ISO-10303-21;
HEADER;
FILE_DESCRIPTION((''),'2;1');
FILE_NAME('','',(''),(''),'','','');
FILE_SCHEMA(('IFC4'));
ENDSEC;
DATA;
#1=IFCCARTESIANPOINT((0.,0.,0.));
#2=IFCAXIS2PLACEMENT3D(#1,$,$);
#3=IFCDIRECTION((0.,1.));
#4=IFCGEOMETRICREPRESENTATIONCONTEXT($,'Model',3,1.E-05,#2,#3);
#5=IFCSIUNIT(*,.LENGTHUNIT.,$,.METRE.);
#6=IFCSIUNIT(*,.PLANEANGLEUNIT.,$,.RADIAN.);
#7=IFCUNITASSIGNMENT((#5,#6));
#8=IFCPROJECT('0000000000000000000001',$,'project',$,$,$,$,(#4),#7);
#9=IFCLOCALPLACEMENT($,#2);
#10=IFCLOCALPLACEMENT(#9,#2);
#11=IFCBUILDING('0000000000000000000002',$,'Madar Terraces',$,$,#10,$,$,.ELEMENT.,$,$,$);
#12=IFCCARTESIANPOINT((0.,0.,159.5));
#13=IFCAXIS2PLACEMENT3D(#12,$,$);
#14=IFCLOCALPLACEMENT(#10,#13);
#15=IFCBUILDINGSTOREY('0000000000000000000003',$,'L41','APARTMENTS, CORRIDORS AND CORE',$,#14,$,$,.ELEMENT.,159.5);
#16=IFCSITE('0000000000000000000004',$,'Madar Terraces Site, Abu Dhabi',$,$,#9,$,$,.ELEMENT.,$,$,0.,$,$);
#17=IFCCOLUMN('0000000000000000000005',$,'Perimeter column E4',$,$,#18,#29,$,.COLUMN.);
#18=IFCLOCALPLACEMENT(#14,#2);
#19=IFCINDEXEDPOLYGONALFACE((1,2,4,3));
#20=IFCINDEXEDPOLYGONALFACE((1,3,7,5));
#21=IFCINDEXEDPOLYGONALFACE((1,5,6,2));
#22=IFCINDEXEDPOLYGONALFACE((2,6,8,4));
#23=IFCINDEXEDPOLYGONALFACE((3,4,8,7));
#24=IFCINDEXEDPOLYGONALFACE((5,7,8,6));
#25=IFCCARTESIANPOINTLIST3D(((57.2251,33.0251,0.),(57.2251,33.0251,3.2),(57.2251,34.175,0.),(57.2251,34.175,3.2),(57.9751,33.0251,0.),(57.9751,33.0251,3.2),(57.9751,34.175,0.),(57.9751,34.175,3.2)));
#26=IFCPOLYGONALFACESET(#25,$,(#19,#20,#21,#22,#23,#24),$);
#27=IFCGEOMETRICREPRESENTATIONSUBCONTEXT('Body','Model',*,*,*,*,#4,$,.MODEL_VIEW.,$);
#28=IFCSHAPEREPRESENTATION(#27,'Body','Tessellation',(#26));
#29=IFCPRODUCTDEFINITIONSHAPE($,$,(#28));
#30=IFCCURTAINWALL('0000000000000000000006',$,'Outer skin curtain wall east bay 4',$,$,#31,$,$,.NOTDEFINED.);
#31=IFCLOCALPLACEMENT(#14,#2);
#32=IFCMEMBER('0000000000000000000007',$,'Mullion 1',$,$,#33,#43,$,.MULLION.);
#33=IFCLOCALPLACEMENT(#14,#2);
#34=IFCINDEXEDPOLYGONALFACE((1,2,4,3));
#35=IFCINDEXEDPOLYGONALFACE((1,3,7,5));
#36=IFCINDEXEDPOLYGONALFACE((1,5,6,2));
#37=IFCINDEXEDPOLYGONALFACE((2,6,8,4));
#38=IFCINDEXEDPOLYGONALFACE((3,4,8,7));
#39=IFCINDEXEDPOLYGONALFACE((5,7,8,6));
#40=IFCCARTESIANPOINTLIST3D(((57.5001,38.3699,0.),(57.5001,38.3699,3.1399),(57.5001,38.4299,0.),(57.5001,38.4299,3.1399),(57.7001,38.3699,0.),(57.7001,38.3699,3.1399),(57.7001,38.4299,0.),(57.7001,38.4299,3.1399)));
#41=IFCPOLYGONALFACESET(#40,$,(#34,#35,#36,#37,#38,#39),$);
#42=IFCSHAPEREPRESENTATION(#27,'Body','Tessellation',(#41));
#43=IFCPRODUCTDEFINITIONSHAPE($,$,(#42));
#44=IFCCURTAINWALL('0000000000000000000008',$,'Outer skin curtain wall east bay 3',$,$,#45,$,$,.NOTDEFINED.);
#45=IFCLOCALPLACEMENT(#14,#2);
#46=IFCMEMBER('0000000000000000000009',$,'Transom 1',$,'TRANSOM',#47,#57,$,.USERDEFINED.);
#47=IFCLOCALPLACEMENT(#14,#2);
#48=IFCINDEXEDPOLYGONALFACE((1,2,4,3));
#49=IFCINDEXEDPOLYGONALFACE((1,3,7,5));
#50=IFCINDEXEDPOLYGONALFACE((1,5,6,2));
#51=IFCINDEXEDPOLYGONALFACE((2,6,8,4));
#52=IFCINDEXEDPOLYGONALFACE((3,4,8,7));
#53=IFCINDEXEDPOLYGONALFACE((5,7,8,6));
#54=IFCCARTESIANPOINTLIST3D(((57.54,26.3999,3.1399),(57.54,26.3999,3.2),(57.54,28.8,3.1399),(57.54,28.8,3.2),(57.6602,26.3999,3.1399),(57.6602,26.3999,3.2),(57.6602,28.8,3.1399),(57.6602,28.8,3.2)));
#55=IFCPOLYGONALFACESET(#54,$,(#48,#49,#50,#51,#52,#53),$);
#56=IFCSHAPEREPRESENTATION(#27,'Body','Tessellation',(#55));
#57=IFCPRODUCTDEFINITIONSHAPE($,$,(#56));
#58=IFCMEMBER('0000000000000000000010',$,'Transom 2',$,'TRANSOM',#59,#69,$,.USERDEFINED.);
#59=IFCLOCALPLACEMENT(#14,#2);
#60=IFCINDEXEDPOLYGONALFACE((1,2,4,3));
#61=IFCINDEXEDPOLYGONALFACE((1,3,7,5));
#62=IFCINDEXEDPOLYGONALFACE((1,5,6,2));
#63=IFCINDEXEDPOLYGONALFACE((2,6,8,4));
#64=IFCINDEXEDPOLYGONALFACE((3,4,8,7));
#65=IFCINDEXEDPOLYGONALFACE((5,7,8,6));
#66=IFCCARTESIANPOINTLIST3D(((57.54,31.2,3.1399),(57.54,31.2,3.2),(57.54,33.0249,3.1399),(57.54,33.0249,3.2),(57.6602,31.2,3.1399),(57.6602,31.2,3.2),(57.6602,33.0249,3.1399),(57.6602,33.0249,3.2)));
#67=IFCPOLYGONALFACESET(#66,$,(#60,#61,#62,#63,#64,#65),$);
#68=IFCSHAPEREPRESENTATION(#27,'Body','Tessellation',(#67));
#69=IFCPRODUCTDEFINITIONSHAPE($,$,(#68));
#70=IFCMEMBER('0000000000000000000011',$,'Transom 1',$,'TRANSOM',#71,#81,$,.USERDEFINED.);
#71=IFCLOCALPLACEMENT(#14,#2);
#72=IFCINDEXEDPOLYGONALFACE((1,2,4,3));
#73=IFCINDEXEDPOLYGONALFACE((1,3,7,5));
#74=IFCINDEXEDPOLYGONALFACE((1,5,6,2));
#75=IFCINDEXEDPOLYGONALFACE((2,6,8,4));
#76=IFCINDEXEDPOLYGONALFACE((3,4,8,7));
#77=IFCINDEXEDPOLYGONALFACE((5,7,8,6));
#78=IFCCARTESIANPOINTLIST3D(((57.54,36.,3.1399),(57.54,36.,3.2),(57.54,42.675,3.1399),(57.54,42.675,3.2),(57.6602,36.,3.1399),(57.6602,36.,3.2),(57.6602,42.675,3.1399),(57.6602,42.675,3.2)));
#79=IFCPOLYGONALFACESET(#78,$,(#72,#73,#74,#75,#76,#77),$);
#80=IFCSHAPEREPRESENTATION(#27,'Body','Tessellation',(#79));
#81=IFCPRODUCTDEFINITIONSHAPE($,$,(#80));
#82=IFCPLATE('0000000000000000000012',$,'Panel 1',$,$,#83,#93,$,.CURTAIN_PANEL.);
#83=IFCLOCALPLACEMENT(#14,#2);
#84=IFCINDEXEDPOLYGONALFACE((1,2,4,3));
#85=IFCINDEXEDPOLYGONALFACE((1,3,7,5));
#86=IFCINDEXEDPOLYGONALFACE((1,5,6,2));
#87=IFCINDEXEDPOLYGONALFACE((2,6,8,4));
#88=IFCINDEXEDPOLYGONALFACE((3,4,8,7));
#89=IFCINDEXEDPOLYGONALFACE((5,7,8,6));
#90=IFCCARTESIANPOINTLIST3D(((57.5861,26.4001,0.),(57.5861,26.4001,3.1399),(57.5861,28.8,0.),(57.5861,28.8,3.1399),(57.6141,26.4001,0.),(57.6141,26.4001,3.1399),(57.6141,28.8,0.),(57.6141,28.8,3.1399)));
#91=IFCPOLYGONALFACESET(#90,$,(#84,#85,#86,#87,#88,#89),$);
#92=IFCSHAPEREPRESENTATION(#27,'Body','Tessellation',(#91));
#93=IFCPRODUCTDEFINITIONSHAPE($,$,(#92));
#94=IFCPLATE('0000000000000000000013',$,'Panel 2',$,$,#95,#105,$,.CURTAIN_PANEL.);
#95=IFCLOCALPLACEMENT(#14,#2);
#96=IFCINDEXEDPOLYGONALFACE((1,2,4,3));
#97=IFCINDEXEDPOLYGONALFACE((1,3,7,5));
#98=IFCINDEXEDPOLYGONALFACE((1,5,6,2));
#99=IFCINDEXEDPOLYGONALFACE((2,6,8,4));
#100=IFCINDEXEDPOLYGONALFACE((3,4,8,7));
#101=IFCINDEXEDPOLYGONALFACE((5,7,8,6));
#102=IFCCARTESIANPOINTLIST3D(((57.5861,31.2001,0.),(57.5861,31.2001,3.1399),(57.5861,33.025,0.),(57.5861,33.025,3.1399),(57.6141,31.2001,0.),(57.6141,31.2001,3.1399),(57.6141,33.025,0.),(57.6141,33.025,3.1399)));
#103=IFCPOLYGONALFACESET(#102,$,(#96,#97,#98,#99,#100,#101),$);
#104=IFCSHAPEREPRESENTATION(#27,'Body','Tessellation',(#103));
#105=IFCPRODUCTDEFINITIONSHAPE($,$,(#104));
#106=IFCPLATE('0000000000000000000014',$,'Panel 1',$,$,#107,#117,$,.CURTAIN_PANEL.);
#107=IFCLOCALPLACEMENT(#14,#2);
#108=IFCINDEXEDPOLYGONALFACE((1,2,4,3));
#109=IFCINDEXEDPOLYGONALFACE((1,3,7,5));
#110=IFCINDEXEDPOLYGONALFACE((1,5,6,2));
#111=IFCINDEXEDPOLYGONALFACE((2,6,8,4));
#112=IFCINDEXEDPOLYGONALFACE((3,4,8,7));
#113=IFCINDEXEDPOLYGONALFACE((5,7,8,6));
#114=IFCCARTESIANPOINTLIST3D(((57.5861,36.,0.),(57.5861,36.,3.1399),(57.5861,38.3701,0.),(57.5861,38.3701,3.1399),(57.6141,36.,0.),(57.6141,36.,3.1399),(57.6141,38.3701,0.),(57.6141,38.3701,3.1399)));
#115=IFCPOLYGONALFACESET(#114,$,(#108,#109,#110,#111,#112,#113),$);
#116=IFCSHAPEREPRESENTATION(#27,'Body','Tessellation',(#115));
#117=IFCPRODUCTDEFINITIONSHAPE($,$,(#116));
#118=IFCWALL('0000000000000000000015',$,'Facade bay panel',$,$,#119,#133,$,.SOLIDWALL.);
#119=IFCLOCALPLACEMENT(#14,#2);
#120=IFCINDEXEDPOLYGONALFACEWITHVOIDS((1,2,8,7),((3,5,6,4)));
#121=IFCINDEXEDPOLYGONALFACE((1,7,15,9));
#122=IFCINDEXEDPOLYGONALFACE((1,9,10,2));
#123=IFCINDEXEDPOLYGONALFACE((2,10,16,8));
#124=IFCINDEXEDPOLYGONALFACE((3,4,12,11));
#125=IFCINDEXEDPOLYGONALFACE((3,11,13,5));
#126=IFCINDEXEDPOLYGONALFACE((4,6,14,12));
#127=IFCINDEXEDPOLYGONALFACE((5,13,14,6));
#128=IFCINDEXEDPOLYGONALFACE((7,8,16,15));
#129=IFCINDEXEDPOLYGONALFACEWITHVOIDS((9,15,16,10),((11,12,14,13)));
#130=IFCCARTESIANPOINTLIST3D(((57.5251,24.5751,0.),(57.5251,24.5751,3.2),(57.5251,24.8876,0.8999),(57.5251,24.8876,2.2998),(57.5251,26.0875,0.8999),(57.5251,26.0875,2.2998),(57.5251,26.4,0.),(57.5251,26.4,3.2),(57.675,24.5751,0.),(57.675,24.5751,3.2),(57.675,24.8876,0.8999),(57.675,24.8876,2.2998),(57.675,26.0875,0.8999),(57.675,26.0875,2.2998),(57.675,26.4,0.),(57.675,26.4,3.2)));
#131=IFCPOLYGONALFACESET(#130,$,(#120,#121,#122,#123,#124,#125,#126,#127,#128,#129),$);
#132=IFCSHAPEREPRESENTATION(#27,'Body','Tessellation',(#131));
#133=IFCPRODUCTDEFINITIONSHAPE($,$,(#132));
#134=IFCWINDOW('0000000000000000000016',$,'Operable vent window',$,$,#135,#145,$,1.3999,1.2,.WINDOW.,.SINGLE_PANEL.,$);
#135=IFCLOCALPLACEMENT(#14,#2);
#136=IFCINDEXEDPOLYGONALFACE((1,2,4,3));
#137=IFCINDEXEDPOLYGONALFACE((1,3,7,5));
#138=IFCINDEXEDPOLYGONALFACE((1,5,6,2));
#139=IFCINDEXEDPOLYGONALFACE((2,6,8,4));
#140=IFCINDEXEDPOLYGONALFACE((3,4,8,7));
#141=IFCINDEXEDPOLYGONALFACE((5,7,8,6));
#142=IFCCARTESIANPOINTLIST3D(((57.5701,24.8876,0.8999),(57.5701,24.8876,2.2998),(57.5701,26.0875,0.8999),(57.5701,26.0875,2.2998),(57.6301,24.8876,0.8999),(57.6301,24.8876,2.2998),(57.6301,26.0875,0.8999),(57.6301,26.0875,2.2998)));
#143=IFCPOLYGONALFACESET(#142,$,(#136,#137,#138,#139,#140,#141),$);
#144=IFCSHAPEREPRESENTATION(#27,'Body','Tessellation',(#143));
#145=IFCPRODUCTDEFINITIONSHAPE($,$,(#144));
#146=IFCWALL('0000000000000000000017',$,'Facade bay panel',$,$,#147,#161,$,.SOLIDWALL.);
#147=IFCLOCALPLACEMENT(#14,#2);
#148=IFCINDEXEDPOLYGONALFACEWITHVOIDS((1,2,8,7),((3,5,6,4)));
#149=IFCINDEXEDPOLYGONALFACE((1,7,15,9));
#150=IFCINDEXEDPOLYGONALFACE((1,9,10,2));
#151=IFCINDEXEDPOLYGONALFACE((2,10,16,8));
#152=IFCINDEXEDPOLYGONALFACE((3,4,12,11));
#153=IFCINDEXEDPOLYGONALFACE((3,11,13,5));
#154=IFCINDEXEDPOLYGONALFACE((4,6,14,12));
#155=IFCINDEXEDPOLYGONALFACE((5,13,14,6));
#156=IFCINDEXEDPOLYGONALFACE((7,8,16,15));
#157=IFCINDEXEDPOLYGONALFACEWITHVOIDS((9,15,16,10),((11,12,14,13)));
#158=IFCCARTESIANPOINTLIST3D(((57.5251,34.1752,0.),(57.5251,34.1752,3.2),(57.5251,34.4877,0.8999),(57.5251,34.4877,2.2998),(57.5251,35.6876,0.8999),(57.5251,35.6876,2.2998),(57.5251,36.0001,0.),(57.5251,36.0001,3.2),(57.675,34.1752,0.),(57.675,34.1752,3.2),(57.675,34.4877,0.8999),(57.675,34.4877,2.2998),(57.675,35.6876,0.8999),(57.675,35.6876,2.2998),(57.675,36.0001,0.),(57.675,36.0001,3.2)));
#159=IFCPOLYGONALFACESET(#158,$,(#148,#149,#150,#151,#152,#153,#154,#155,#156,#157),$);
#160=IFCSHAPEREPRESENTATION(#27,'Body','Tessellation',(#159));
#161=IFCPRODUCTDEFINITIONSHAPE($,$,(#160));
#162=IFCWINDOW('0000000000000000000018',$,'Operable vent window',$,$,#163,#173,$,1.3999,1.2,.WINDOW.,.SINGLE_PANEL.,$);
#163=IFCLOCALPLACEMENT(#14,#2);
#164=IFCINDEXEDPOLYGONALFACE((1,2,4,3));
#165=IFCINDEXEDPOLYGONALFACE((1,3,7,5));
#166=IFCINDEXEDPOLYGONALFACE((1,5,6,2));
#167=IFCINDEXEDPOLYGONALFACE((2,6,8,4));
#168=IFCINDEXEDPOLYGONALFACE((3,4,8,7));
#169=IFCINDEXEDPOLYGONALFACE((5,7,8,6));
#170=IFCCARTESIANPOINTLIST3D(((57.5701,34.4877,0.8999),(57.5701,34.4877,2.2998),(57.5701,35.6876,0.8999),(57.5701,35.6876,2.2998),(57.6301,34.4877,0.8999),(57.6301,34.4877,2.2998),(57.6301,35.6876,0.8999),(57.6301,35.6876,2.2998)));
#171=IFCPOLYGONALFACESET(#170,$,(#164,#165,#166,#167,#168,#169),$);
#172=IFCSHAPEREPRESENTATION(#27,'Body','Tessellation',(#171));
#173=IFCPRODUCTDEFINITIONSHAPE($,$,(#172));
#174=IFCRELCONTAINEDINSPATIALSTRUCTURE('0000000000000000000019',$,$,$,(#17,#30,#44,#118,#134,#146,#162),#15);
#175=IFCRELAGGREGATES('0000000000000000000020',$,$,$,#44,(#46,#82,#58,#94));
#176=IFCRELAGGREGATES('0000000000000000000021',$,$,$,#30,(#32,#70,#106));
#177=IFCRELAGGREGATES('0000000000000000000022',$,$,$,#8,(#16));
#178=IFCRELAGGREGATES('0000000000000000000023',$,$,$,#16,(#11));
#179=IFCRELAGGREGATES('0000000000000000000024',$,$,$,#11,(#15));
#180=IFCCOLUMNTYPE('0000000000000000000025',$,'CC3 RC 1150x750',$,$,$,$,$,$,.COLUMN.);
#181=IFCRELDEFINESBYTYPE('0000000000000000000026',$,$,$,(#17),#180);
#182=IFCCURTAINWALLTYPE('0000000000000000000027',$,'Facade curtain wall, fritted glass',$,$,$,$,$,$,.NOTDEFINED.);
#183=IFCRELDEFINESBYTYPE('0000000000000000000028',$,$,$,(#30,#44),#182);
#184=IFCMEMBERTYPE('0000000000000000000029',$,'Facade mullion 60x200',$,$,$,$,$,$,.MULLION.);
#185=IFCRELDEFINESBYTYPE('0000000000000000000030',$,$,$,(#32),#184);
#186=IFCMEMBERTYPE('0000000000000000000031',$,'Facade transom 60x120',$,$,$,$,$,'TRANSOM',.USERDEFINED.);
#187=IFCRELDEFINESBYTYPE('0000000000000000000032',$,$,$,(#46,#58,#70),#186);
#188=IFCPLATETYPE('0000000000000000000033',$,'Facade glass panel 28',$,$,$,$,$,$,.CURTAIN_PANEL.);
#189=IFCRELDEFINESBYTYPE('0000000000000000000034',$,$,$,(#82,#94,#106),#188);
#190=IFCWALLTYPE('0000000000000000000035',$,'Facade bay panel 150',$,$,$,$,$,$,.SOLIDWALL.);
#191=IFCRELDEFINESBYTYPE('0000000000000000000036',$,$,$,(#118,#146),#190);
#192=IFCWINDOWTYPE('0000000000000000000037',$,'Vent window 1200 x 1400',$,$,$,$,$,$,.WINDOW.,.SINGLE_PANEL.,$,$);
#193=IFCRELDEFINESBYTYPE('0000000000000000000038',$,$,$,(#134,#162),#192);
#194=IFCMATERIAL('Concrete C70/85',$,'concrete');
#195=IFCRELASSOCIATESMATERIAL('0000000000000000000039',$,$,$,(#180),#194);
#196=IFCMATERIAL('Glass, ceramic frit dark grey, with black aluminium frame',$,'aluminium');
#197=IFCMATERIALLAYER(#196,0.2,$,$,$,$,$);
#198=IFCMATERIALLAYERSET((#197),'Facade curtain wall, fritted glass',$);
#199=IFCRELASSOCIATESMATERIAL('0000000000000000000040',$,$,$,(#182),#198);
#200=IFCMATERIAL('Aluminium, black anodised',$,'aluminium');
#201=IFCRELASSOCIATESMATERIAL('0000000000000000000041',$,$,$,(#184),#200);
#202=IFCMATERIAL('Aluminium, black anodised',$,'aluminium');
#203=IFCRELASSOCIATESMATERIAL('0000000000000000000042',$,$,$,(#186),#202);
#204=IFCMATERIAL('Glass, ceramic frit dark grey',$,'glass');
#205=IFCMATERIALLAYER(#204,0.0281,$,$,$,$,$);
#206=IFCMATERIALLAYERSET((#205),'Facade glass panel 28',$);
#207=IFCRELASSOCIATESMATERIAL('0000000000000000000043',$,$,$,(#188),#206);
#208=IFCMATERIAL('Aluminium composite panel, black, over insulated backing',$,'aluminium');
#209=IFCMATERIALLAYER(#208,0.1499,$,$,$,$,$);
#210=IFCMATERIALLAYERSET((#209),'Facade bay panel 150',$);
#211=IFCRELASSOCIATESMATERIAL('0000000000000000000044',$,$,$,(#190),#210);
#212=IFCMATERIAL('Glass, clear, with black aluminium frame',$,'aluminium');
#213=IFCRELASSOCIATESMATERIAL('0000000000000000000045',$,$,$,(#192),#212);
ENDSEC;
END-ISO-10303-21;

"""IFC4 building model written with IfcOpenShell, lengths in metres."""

from ifc_helpers import new_model, si_unit, direction, frame, frame_2d, origin, origin_2d, place, context, subcontext, project, spatial, rectangle, extrude, material, layer, layer_set, material_profile, profile_set, type_object, element, fill, aggregate, save


model = new_model("IFC4")

# Units and contexts
model_context = context("Model", 3, precision=1e-05, world=origin(), true_north=direction((0.0, 1.0)))
body_context = subcontext(model_context, "Body", "Model", "MODEL_VIEW")
ifc_project = project(units=[si_unit("LENGTHUNIT", "METRE"), si_unit("PLANEANGLEUNIT", "RADIAN")], contexts=[model_context])

# Site, building, storey
site_placement = place(None, origin())
site = spatial("IfcSite", under=ifc_project, at=site_placement, Name="Madar Terraces Site, Abu Dhabi", CompositionType="ELEMENT", RefElevation=0.0)
building_placement = place(site_placement, origin())
building = spatial("IfcBuilding", under=site, at=building_placement, Name="Madar Terraces", CompositionType="ELEMENT")
storey_placement = place(building_placement, frame((0.0, 0.0, 159.5)))
storey = spatial("IfcBuildingStorey", under=building, at=storey_placement, Name="L41", Description="APARTMENTS, CORRIDORS AND CORE", CompositionType="ELEMENT", Elevation=159.5)

# Column
ifc_material_1 = material(Name="Concrete C70/85", Category="concrete")
ifc_material_profile_1 = material_profile(ifc_material_1, rectangle(XDim=1.1499, YDim=0.75, at=origin_2d()), Name="CC3 RC 1150x750")
ifc_profile_set_1 = profile_set([ifc_material_profile_1], Name="Concrete C70/85")
column_type = type_object("IfcColumnType", Name="CC3 RC 1150x750", PredefinedType="COLUMN", material=ifc_profile_set_1)
column_placement = place(storey_placement, frame((57.6001, 33.6001, 0.0), z_axis=(0.0, 0.0, 1.0), x_axis=(0.0, 1.0, 0.0)))
element("IfcColumn", 1, at=column_placement, inside=storey, type_object=column_type, Name="Perimeter column E4", PredefinedType="COLUMN", context=body_context, shape_type="SweptSolid", body=[
    extrude(rectangle(XDim=1.1499, YDim=0.75, at=origin_2d()), origin(), (0.0, 0.0, 1.0), 3.2),
])

# Curtain wall, member
ifc_material_2 = material(Name="Glass, ceramic frit dark grey, with black aluminium frame", Category="aluminium")
ifc_layer_1 = layer(ifc_material_2, 0.2)
ifc_layer_set_1 = layer_set([ifc_layer_1], Name="Facade curtain wall, fritted glass")
curtain_wall_type = type_object("IfcCurtainWallType", Name="Facade curtain wall, fritted glass", PredefinedType="NOTDEFINED", material=ifc_layer_set_1)
curtain_wall_1_placement = place(storey_placement, origin())
curtain_wall_1 = element("IfcCurtainWall", 2, at=curtain_wall_1_placement, inside=storey, type_object=curtain_wall_type, Name="Outer skin curtain wall east bay 4", PredefinedType="NOTDEFINED")
ifc_material_3 = material(Name="Aluminium, black anodised", Category="aluminium")
ifc_material_profile_2 = material_profile(ifc_material_3, rectangle(XDim=0.2, YDim=0.0601, at=origin_2d()), Name="Facade mullion 60x200")
ifc_profile_set_2 = profile_set([ifc_material_profile_2], Name="Aluminium, black anodised")
member_type_1 = type_object("IfcMemberType", Name="Facade mullion 60x200", PredefinedType="MULLION", material=ifc_profile_set_2)
member_1_placement = place(storey_placement, frame((57.6001, 38.3999, 0.0), z_axis=(0.0, 0.0, 1.0), x_axis=(-1.0, 0.0, 0.0)))
member_1 = element("IfcMember", 3, at=member_1_placement, type_object=member_type_1, Name="Mullion 1", PredefinedType="MULLION", context=body_context, shape_type="SweptSolid", body=[
    extrude(rectangle(XDim=0.2, YDim=0.0601, at=origin_2d()), origin(), (0.0, 0.0, 1.0), 3.1399),
])

# Curtain wall, members
curtain_wall_2_placement = place(storey_placement, origin())
curtain_wall_2 = element("IfcCurtainWall", 4, at=curtain_wall_2_placement, inside=storey, type_object=curtain_wall_type, Name="Outer skin curtain wall east bay 3", PredefinedType="NOTDEFINED")
ifc_material_4 = material(Name="Aluminium, black anodised", Category="aluminium")
ifc_material_profile_3 = material_profile(ifc_material_4, rectangle(XDim=0.1201, YDim=0.0601, at=origin_2d()), Name="Facade transom 60x120")
ifc_profile_set_3 = profile_set([ifc_material_profile_3], Name="Aluminium, black anodised")
member_type_2 = type_object("IfcMemberType", Name="Facade transom 60x120", ElementType="TRANSOM", PredefinedType="USERDEFINED", material=ifc_profile_set_3)
member_2_placement = place(storey_placement, frame((57.6001, 26.3999, 3.1699), z_axis=(0.0, 1.0, 0.0), x_axis=(-1.0, 0.0, 0.0)))
member_2 = element("IfcMember", 5, at=member_2_placement, type_object=member_type_2, Name="Transom 1", ObjectType="TRANSOM", PredefinedType="USERDEFINED", context=body_context, shape_type="SweptSolid", body=[
    extrude(rectangle(XDim=0.1201, YDim=0.0601, at=origin_2d()), origin(), (0.0, 0.0, 1.0), 2.4001),
])
member_3_placement = place(storey_placement, frame((57.6001, 31.2, 3.1699), z_axis=(0.0, 1.0, 0.0), x_axis=(-1.0, 0.0, 0.0)))
member_3 = element("IfcMember", 6, at=member_3_placement, type_object=member_type_2, Name="Transom 2", ObjectType="TRANSOM", PredefinedType="USERDEFINED", context=body_context, shape_type="SweptSolid", body=[
    extrude(rectangle(XDim=0.1201, YDim=0.0601, at=origin_2d()), origin(), (0.0, 0.0, 1.0), 1.825),
])

# Member
member_4_placement = place(storey_placement, frame((57.6001, 36.0, 3.1699), z_axis=(0.0, 1.0, 0.0), x_axis=(-1.0, 0.0, 0.0)))
member_4 = element("IfcMember", 7, at=member_4_placement, type_object=member_type_2, Name="Transom 1", ObjectType="TRANSOM", PredefinedType="USERDEFINED", context=body_context, shape_type="SweptSolid", body=[
    extrude(rectangle(XDim=0.1201, YDim=0.0601, at=origin_2d()), origin(), (0.0, 0.0, 1.0), 6.675),
])

# Plates
ifc_material_5 = material(Name="Glass, ceramic frit dark grey", Category="glass")
ifc_layer_2 = layer(ifc_material_5, 0.0281)
ifc_layer_set_2 = layer_set([ifc_layer_2], Name="Facade glass panel 28")
plate_type = type_object("IfcPlateType", Name="Facade glass panel 28", PredefinedType="CURTAIN_PANEL", material=ifc_layer_set_2)
plate_1_placement = place(storey_placement, frame((57.6001, 27.6001, 0.0), z_axis=(0.0, 0.0, 1.0), x_axis=(0.0, 1.0, 0.0)))
plate_1 = element("IfcPlate", 8, at=plate_1_placement, type_object=plate_type, Name="Panel 1", PredefinedType="CURTAIN_PANEL", context=body_context, shape_type="SweptSolid", body=[
    extrude(rectangle(XDim=2.3999, YDim=0.0281, at=origin_2d()), origin(), (0.0, 0.0, 1.0), 3.1399),
])
plate_2_placement = place(storey_placement, frame((57.6001, 32.1125, 0.0), z_axis=(0.0, 0.0, 1.0), x_axis=(0.0, 1.0, 0.0)))
plate_2 = element("IfcPlate", 9, at=plate_2_placement, type_object=plate_type, Name="Panel 2", PredefinedType="CURTAIN_PANEL", context=body_context, shape_type="SweptSolid", body=[
    extrude(rectangle(XDim=1.825, YDim=0.0281, at=origin_2d()), origin(), (0.0, 0.0, 1.0), 3.1399),
])
aggregate(curtain_wall_2, [member_2, plate_1, member_3, plate_2])
plate_3_placement = place(storey_placement, frame((57.6001, 37.1851, 0.0), z_axis=(0.0, 0.0, 1.0), x_axis=(0.0, 1.0, 0.0)))
plate_3 = element("IfcPlate", 10, at=plate_3_placement, type_object=plate_type, Name="Panel 1", PredefinedType="CURTAIN_PANEL", context=body_context, shape_type="SweptSolid", body=[
    extrude(rectangle(XDim=2.3701, YDim=0.0281, at=origin_2d()), origin(), (0.0, 0.0, 1.0), 3.1399),
])
aggregate(curtain_wall_1, [member_1, member_4, plate_3])

# Wall, opening, window
ifc_material_6 = material(Name="Aluminium composite panel, black, over insulated backing", Category="aluminium")
ifc_layer_3 = layer(ifc_material_6, 0.1499)
ifc_layer_set_3 = layer_set([ifc_layer_3], Name="Facade bay panel 150")
wall_type_1 = type_object("IfcWallType", Name="Facade bay panel 150", PredefinedType="SOLIDWALL", material=ifc_layer_set_3)
wall_1_placement = place(storey_placement, frame((57.6001, 24.575, 0.0), z_axis=(0.0, 0.0, 1.0), x_axis=(0.0, 1.0, 0.0)))
wall_1 = element("IfcWall", 11, at=wall_1_placement, inside=storey, type_object=wall_type_1, Name="Facade bay panel", PredefinedType="SOLIDWALL", context=body_context, shape_type="SweptSolid", body=[
    extrude(rectangle(XDim=1.825, YDim=0.1499, at=frame_2d((0.9126, 0.0))), origin(), (0.0, 0.0, 1.0), 3.2),
])
opening_1_placement = place(wall_1_placement, frame((0.3125, 0.0, 0.8999)))
opening_1 = element("IfcOpeningElement", 12, at=opening_1_placement, cuts=wall_1, PredefinedType="OPENING", context=body_context, shape_type="SweptSolid", body=[
    extrude(rectangle(XDim=1.2, YDim=1.3999, at=frame_2d((0.6001, 0.7))), frame((0.0, 0.085, 0.0), z_axis=(0.0, -1.0, 0.0), x_axis=(1.0, 0.0, 0.0)), (0.0, 0.0, 1.0), 0.1699),
])
ifc_material_7 = material(Name="Glass, clear, with black aluminium frame", Category="aluminium")
window_type = type_object("IfcWindowType", Name="Vent window 1200 x 1400", PartitioningType="SINGLE_PANEL", PredefinedType="WINDOW", material=ifc_material_7)
window_1_placement = place(opening_1_placement, origin())
window_1 = element("IfcWindow", 13, at=window_1_placement, inside=storey, type_object=window_type, Name="Operable vent window", OverallHeight=1.3999, OverallWidth=1.2, PartitioningType="SINGLE_PANEL", PredefinedType="WINDOW", context=body_context, shape_type="SweptSolid", body=[
    extrude(rectangle(XDim=1.2, YDim=1.3999, at=frame_2d((0.6001, 0.7))), frame((0.0, 0.03, 0.0), z_axis=(0.0, -1.0, 0.0), x_axis=(1.0, 0.0, 0.0)), (0.0, 0.0, 1.0), 0.0601),
])
fill(opening_1, window_1)

# Wall, opening, window
wall_2_placement = place(storey_placement, frame((57.6001, 34.175, 0.0), z_axis=(0.0, 0.0, 1.0), x_axis=(0.0, 1.0, 0.0)))
wall_2 = element("IfcWall", 14, at=wall_2_placement, inside=storey, type_object=wall_type_1, Name="Facade bay panel", PredefinedType="SOLIDWALL", context=body_context, shape_type="SweptSolid", body=[
    extrude(rectangle(XDim=1.825, YDim=0.1499, at=frame_2d((0.9126, 0.0))), origin(), (0.0, 0.0, 1.0), 3.2),
])
opening_2_placement = place(wall_2_placement, frame((0.3125, 0.0, 0.8999)))
opening_2 = element("IfcOpeningElement", 15, at=opening_2_placement, cuts=wall_2, PredefinedType="OPENING", context=body_context, shape_type="SweptSolid", body=[
    extrude(rectangle(XDim=1.2, YDim=1.3999, at=frame_2d((0.6001, 0.7))), frame((0.0, 0.085, 0.0), z_axis=(0.0, -1.0, 0.0), x_axis=(1.0, 0.0, 0.0)), (0.0, 0.0, 1.0), 0.1699),
])
window_2_placement = place(opening_2_placement, origin())
window_2 = element("IfcWindow", 16, at=window_2_placement, inside=storey, type_object=window_type, Name="Operable vent window", OverallHeight=1.3999, OverallWidth=1.2, PartitioningType="SINGLE_PANEL", PredefinedType="WINDOW", context=body_context, shape_type="SweptSolid", body=[
    extrude(rectangle(XDim=1.2, YDim=1.3999, at=frame_2d((0.6001, 0.7))), frame((0.0, 0.03, 0.0), z_axis=(0.0, -1.0, 0.0), x_axis=(1.0, 0.0, 0.0)), (0.0, 0.0, 1.0), 0.0601),
])
fill(opening_2, window_2)

save(model, "model.ifc")
